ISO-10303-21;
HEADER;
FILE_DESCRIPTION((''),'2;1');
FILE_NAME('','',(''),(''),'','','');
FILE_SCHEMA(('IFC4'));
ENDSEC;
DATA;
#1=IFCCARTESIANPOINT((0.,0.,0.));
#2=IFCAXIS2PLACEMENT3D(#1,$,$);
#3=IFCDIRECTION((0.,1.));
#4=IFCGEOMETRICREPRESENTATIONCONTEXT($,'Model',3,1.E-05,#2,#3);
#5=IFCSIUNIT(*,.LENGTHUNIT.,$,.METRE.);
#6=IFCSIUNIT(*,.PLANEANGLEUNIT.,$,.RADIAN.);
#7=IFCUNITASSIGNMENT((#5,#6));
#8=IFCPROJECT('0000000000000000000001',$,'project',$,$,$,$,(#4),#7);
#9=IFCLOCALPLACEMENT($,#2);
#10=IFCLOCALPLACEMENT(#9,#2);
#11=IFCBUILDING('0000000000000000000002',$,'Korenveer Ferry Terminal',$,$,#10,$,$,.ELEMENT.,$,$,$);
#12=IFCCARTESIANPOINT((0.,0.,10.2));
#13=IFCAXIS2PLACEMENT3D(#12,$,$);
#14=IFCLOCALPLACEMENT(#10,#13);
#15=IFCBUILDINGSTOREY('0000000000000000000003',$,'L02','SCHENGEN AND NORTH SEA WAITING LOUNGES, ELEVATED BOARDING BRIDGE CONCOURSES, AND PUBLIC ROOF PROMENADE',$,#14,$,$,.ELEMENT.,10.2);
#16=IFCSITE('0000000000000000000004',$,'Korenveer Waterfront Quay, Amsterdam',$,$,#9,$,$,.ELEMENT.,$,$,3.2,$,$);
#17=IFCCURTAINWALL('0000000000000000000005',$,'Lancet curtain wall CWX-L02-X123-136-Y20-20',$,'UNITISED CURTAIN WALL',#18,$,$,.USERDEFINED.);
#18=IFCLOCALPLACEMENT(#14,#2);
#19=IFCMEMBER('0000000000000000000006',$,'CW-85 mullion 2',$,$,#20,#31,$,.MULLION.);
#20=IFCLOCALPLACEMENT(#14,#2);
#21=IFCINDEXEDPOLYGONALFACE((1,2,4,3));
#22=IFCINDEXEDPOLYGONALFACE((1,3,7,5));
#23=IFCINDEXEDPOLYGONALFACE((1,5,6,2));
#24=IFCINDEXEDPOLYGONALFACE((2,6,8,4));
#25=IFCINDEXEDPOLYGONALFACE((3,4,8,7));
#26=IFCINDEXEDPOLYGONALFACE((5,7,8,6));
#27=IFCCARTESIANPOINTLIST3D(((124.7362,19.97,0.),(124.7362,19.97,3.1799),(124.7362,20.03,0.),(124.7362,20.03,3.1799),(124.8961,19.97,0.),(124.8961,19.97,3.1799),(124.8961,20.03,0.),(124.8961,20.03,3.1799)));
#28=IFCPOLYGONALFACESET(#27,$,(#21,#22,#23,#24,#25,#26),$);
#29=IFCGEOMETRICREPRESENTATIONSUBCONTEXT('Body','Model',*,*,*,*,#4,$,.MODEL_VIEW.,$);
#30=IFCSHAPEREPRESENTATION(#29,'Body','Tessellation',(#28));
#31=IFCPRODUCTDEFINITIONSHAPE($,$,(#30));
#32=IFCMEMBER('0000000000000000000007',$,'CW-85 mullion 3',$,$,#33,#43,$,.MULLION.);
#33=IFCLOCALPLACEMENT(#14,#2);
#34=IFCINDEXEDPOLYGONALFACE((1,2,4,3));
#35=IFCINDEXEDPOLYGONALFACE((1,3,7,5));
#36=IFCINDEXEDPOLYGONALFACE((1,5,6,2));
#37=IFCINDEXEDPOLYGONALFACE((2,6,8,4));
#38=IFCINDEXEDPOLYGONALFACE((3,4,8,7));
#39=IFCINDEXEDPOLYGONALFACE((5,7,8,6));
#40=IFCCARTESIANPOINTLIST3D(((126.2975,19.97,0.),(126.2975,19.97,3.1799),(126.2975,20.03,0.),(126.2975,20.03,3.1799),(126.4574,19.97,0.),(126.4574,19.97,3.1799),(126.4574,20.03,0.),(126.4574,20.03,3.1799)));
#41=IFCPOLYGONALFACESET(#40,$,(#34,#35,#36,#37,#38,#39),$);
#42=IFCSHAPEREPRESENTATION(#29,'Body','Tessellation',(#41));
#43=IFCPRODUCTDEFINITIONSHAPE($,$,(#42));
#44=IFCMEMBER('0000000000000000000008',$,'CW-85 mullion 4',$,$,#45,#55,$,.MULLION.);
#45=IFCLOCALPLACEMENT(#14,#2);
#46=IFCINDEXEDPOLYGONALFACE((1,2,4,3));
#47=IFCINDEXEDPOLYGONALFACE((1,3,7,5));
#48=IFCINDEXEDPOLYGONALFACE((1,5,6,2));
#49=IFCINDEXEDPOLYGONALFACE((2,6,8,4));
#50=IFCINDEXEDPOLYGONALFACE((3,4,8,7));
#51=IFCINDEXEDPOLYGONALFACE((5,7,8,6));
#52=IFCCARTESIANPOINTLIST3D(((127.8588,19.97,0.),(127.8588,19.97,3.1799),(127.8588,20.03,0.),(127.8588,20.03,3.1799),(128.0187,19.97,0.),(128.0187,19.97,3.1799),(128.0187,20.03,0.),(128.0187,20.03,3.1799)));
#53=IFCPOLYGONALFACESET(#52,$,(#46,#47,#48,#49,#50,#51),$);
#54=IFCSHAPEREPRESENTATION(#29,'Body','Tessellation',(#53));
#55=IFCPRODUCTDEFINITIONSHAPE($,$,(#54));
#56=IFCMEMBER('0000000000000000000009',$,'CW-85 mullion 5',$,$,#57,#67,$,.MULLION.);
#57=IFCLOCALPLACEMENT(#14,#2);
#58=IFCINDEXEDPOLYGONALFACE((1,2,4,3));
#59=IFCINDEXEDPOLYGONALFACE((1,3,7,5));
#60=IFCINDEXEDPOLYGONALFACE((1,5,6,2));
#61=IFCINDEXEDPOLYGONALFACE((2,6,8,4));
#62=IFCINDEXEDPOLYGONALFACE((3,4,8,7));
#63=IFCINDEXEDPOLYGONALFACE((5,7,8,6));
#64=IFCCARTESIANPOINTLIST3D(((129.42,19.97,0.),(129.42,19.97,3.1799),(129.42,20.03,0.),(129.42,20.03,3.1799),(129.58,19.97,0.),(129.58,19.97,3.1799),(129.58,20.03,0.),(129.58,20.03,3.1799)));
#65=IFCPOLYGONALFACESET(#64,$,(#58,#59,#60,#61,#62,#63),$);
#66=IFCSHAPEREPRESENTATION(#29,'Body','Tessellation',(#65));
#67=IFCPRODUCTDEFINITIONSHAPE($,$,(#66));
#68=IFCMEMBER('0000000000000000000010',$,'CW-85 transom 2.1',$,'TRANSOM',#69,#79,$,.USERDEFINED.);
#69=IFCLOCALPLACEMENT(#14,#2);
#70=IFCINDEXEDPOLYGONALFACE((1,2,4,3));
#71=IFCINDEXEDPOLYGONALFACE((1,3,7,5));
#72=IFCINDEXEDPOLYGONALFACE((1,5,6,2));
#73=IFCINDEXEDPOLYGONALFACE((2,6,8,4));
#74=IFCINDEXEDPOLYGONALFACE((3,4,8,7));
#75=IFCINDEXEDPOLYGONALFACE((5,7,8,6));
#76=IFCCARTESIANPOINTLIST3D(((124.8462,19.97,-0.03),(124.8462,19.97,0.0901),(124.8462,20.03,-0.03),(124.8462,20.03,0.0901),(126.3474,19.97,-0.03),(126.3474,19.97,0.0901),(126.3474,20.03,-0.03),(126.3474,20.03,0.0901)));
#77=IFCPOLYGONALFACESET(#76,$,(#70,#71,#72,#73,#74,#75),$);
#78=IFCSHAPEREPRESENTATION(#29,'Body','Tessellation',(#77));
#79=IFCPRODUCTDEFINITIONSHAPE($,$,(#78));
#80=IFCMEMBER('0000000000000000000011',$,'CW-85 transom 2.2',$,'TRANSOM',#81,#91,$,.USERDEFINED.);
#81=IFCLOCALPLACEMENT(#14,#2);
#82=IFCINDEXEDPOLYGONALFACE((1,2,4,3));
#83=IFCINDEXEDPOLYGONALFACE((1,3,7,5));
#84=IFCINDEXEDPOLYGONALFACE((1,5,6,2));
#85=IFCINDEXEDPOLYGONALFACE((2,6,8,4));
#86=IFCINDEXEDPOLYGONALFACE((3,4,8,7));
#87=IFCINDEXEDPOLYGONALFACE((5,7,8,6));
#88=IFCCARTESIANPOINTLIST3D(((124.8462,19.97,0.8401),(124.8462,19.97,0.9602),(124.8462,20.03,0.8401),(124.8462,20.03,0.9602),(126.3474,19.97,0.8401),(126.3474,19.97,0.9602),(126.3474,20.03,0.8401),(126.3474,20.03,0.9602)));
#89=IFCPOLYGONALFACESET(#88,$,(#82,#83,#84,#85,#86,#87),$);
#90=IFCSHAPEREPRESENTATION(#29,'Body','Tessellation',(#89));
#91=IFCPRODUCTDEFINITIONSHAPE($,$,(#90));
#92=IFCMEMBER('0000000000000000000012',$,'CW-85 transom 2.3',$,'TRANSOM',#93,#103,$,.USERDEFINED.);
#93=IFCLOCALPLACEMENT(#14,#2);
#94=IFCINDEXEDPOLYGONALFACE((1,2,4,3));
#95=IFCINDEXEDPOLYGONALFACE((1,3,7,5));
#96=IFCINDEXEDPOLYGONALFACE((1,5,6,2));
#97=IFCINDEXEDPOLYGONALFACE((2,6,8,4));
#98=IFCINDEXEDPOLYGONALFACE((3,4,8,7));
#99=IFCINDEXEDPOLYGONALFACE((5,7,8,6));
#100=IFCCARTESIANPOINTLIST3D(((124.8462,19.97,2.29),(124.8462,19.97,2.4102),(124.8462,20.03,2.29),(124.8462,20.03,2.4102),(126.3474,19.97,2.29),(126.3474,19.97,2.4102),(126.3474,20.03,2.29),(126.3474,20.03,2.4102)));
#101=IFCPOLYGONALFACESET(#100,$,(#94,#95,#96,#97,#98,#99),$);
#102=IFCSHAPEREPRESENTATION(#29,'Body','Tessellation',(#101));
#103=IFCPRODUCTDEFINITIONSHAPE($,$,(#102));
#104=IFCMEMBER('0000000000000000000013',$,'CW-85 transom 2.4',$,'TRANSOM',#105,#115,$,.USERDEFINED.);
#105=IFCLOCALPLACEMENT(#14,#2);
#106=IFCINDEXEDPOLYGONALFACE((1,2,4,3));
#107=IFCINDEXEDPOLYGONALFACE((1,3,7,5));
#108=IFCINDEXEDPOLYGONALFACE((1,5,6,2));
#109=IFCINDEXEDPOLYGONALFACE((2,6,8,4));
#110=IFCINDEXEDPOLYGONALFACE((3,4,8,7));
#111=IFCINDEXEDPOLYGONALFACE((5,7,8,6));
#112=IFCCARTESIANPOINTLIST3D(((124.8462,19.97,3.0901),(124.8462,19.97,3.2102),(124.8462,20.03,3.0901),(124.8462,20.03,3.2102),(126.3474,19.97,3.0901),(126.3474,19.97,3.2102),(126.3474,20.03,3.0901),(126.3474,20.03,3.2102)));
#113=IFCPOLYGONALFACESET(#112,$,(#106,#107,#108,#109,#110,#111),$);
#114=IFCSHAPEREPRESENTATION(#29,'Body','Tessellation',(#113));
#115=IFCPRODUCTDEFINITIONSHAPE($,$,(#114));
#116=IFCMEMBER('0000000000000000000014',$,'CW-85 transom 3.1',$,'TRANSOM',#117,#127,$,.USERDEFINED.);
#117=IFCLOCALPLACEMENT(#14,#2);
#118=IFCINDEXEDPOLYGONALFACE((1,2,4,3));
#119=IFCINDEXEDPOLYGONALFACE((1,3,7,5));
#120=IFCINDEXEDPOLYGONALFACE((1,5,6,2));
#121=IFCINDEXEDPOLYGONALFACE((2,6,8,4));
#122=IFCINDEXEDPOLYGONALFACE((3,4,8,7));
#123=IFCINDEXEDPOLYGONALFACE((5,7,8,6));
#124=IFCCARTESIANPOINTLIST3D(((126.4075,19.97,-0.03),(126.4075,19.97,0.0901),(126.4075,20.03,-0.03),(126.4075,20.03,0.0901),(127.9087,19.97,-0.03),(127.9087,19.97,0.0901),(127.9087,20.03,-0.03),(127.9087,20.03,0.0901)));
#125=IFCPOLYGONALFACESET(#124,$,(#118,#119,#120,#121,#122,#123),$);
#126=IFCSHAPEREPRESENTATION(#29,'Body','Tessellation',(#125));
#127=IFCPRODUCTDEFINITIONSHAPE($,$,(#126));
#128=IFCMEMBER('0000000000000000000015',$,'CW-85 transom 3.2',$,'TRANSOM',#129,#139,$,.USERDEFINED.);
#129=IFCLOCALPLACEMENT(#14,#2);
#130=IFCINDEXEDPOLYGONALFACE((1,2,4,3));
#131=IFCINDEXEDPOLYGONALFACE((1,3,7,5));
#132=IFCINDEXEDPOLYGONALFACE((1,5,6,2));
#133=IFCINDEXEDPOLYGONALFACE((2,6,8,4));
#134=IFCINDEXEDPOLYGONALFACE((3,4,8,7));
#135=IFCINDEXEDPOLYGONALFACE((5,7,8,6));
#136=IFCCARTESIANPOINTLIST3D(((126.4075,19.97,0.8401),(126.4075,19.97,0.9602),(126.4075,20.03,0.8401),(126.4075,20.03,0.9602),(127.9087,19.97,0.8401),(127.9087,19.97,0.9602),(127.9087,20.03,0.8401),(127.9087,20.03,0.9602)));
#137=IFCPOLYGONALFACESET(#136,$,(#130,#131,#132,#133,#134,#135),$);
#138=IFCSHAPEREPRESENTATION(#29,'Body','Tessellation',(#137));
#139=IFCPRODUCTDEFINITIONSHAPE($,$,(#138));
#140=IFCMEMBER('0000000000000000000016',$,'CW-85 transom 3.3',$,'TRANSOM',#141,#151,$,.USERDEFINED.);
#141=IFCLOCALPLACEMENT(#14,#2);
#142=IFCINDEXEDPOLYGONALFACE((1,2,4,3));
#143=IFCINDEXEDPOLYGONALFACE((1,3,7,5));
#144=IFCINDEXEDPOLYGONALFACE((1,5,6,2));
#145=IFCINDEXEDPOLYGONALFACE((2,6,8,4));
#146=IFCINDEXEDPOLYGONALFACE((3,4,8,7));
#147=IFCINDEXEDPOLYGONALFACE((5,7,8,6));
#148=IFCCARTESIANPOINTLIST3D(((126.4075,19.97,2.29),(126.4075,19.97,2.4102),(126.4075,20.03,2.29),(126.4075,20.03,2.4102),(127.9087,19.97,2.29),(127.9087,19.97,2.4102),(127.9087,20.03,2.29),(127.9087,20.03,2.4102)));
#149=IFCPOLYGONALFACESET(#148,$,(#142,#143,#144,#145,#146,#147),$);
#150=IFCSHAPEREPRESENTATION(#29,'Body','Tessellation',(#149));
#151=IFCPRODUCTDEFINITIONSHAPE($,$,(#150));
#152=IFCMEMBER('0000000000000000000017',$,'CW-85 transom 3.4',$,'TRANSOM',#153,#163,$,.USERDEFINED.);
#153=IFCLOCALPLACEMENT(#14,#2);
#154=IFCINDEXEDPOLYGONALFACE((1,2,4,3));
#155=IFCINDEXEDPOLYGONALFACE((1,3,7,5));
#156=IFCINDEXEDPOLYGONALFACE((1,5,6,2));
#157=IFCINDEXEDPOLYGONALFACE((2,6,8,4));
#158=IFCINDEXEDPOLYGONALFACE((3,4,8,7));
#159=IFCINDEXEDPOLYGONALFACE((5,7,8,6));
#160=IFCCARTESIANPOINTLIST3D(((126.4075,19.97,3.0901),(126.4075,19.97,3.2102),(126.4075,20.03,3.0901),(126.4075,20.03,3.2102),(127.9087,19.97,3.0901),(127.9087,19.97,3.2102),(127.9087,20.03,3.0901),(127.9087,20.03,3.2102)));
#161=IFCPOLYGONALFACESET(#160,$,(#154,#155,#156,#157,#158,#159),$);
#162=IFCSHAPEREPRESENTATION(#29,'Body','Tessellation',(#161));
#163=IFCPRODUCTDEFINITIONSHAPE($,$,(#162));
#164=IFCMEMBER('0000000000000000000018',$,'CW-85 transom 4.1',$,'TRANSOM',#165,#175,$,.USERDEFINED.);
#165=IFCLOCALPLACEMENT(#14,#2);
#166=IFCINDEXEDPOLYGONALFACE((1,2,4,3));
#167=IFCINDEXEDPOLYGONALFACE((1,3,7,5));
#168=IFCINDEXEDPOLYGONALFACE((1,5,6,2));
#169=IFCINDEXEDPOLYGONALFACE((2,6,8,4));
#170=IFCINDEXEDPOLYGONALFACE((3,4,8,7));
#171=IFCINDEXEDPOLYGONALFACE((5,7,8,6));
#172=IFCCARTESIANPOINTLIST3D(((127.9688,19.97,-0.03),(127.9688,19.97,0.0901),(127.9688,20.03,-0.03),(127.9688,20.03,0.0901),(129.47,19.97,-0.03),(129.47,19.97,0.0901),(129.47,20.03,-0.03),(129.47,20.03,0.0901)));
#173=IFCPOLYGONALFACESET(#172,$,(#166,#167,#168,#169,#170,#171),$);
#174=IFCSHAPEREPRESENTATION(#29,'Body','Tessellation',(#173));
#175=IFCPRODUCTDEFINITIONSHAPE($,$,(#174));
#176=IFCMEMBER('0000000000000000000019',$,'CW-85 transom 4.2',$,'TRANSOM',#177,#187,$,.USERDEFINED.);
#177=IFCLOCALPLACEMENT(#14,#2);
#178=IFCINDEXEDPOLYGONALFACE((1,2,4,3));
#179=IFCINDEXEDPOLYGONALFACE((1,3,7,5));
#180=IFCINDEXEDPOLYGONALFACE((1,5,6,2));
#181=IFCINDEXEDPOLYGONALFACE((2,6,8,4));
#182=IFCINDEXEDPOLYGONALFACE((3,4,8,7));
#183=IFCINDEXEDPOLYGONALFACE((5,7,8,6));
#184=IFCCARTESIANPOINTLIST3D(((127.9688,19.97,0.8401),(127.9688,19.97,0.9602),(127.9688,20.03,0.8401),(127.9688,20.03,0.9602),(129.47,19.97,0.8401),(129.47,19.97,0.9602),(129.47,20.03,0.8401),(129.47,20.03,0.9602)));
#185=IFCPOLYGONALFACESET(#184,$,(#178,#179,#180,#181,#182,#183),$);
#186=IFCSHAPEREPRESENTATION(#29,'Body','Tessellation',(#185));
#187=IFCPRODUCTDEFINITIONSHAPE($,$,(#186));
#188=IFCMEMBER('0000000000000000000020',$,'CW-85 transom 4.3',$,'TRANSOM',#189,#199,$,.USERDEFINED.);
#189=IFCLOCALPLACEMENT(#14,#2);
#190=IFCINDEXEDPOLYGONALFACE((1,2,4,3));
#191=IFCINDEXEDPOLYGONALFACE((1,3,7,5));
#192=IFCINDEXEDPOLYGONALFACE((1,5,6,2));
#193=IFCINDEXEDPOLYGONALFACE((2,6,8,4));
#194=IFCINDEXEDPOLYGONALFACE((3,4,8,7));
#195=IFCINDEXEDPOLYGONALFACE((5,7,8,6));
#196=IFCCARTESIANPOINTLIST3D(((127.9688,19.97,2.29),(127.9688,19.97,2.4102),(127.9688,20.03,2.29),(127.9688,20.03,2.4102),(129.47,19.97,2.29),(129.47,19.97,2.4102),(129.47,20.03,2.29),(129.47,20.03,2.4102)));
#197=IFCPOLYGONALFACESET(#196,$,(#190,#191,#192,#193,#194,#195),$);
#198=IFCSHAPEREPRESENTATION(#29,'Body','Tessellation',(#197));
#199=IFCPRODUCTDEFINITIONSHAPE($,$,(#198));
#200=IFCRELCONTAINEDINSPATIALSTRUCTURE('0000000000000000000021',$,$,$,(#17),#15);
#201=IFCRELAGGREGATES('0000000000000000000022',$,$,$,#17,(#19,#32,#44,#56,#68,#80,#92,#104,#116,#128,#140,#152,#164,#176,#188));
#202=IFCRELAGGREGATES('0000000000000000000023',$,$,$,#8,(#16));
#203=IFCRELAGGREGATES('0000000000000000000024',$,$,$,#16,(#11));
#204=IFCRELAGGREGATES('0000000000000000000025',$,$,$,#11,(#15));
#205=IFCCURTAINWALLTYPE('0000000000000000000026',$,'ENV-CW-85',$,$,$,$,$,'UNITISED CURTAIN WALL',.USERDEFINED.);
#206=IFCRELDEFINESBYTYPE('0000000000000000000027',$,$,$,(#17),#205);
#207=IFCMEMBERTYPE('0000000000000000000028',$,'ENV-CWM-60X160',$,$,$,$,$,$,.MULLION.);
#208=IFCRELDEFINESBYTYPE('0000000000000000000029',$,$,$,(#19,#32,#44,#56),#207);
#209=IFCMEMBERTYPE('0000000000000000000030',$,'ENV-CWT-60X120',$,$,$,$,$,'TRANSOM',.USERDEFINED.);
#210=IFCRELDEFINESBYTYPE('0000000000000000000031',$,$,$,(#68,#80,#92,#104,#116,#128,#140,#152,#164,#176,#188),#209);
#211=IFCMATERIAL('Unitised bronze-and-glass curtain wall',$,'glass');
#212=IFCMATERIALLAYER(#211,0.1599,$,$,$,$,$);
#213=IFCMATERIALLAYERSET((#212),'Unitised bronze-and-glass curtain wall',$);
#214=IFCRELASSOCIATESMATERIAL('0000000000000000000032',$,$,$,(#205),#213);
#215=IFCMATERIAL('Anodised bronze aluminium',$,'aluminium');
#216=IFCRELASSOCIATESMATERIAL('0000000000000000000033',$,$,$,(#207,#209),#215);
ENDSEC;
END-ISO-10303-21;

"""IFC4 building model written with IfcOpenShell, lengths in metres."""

from ifc_helpers import new_model, si_unit, direction, frame, origin, origin_2d, place, context, subcontext, project, spatial, rectangle, extrude, material, layer, layer_set, material_profile, profile_set, type_object, element, aggregate, save


model = new_model("IFC4")

# Units and contexts
model_context = context("Model", 3, precision=1e-05, world=origin(), true_north=direction((0.0, 1.0)))
body_context = subcontext(model_context, "Body", "Model", "MODEL_VIEW")
ifc_project = project(units=[si_unit("LENGTHUNIT", "METRE"), si_unit("PLANEANGLEUNIT", "RADIAN")], contexts=[model_context])

# Site, building, storey
site_placement = place(None, origin())
site = spatial("IfcSite", under=ifc_project, at=site_placement, Name="Korenveer Waterfront Quay, Amsterdam", CompositionType="ELEMENT", RefElevation=3.2)
building_placement = place(site_placement, origin())
building = spatial("IfcBuilding", under=site, at=building_placement, Name="Korenveer Ferry Terminal", CompositionType="ELEMENT")
storey_placement = place(building_placement, frame((0.0, 0.0, 10.2)))
storey = spatial("IfcBuildingStorey", under=building, at=storey_placement, Name="L02", Description="SCHENGEN AND NORTH SEA WAITING LOUNGES, ELEVATED BOARDING BRIDGE CONCOURSES, AND PUBLIC ROOF PROMENADE", CompositionType="ELEMENT", Elevation=10.2)

# Curtain wall, members
ifc_material_1 = material(Name="Unitised bronze-and-glass curtain wall", Category="glass")
ifc_layer_1 = layer(ifc_material_1, 0.1599)
ifc_layer_set_1 = layer_set([ifc_layer_1], Name="Unitised bronze-and-glass curtain wall")
curtain_wall_type = type_object("IfcCurtainWallType", Name="ENV-CW-85", ElementType="UNITISED CURTAIN WALL", PredefinedType="USERDEFINED", material=ifc_layer_set_1)
curtain_wall_placement = place(storey_placement, frame((123.2549, 20.0, 0.0)))
curtain_wall = element("IfcCurtainWall", 1, at=curtain_wall_placement, inside=storey, type_object=curtain_wall_type, Name="Lancet curtain wall CWX-L02-X123-136-Y20-20", ObjectType="UNITISED CURTAIN WALL", PredefinedType="USERDEFINED")
ifc_material_2 = material(Name="Anodised bronze aluminium", Category="aluminium")
ifc_material_profile_1 = material_profile(ifc_material_2, rectangle(XDim=0.0601, YDim=0.1599, at=origin_2d()), Name="ALU 60x160")
ifc_profile_set_1 = profile_set([ifc_material_profile_1], Name="Anodised bronze aluminium")
member_type_1 = type_object("IfcMemberType", Name="ENV-CWM-60X160", PredefinedType="MULLION", material=ifc_profile_set_1)
member_1_placement = place(storey_placement, frame((124.8162, 20.0, 0.0), z_axis=(0.0, 0.0, 1.0), x_axis=(0.0, 1.0, 0.0)))
member_1 = element("IfcMember", 2, at=member_1_placement, type_object=member_type_1, Name="CW-85 mullion 2", PredefinedType="MULLION", context=body_context, shape_type="SweptSolid", body=[
    extrude(rectangle(XDim=0.0601, YDim=0.1599, at=origin_2d()), origin(), (0.0, 0.0, 1.0), 3.1799),
])
member_2_placement = place(storey_placement, frame((126.3774, 20.0, 0.0), z_axis=(0.0, 0.0, 1.0), x_axis=(0.0, 1.0, 0.0)))
member_2 = element("IfcMember", 3, at=member_2_placement, type_object=member_type_1, Name="CW-85 mullion 3", PredefinedType="MULLION", context=body_context, shape_type="SweptSolid", body=[
    extrude(rectangle(XDim=0.0601, YDim=0.1599, at=origin_2d()), origin(), (0.0, 0.0, 1.0), 3.1799),
])
member_3_placement = place(storey_placement, frame((127.9387, 20.0, 0.0), z_axis=(0.0, 0.0, 1.0), x_axis=(0.0, 1.0, 0.0)))
member_3 = element("IfcMember", 4, at=member_3_placement, type_object=member_type_1, Name="CW-85 mullion 4", PredefinedType="MULLION", context=body_context, shape_type="SweptSolid", body=[
    extrude(rectangle(XDim=0.0601, YDim=0.1599, at=origin_2d()), origin(), (0.0, 0.0, 1.0), 3.1799),
])
member_4_placement = place(storey_placement, frame((129.5, 20.0, 0.0), z_axis=(0.0, 0.0, 1.0), x_axis=(0.0, 1.0, 0.0)))
member_4 = element("IfcMember", 5, at=member_4_placement, type_object=member_type_1, Name="CW-85 mullion 5", PredefinedType="MULLION", context=body_context, shape_type="SweptSolid", body=[
    extrude(rectangle(XDim=0.0601, YDim=0.1599, at=origin_2d()), origin(), (0.0, 0.0, 1.0), 3.1799),
])
ifc_material_profile_2 = material_profile(ifc_material_2, rectangle(XDim=0.0601, YDim=0.1201, at=origin_2d()), Name="ALU 60x120")
ifc_profile_set_2 = profile_set([ifc_material_profile_2], Name="Anodised bronze aluminium")
member_type_2 = type_object("IfcMemberType", Name="ENV-CWT-60X120", ElementType="TRANSOM", PredefinedType="USERDEFINED", material=ifc_profile_set_2)
member_5_placement = place(storey_placement, frame((124.8462, 20.0, 0.03), z_axis=(1.0, 0.0, 0.0), x_axis=(0.0, 1.0, 0.0)))
member_5 = element("IfcMember", 6, at=member_5_placement, type_object=member_type_2, Name="CW-85 transom 2.1", ObjectType="TRANSOM", PredefinedType="USERDEFINED", context=body_context, shape_type="SweptSolid", body=[
    extrude(rectangle(XDim=0.0601, YDim=0.1201, at=origin_2d()), origin(), (0.0, 0.0, 1.0), 1.5012),
])
member_6_placement = place(storey_placement, frame((124.8462, 20.0, 0.9001), z_axis=(1.0, 0.0, 0.0), x_axis=(0.0, 1.0, 0.0)))
member_6 = element("IfcMember", 7, at=member_6_placement, type_object=member_type_2, Name="CW-85 transom 2.2", ObjectType="TRANSOM", PredefinedType="USERDEFINED", context=body_context, shape_type="SweptSolid", body=[
    extrude(rectangle(XDim=0.0601, YDim=0.1201, at=origin_2d()), origin(), (0.0, 0.0, 1.0), 1.5012),
])
member_7_placement = place(storey_placement, frame((124.8462, 20.0, 2.3501), z_axis=(1.0, 0.0, 0.0), x_axis=(0.0, 1.0, 0.0)))
member_7 = element("IfcMember", 8, at=member_7_placement, type_object=member_type_2, Name="CW-85 transom 2.3", ObjectType="TRANSOM", PredefinedType="USERDEFINED", context=body_context, shape_type="SweptSolid", body=[
    extrude(rectangle(XDim=0.0601, YDim=0.1201, at=origin_2d()), origin(), (0.0, 0.0, 1.0), 1.5012),
])
member_8_placement = place(storey_placement, frame((124.8462, 20.0, 3.1501), z_axis=(1.0, 0.0, 0.0), x_axis=(0.0, 1.0, 0.0)))
member_8 = element("IfcMember", 9, at=member_8_placement, type_object=member_type_2, Name="CW-85 transom 2.4", ObjectType="TRANSOM", PredefinedType="USERDEFINED", context=body_context, shape_type="SweptSolid", body=[
    extrude(rectangle(XDim=0.0601, YDim=0.1201, at=origin_2d()), origin(), (0.0, 0.0, 1.0), 1.5012),
])
member_9_placement = place(storey_placement, frame((126.4075, 20.0, 0.03), z_axis=(1.0, 0.0, 0.0), x_axis=(0.0, 1.0, 0.0)))
member_9 = element("IfcMember", 10, at=member_9_placement, type_object=member_type_2, Name="CW-85 transom 3.1", ObjectType="TRANSOM", PredefinedType="USERDEFINED", context=body_context, shape_type="SweptSolid", body=[
    extrude(rectangle(XDim=0.0601, YDim=0.1201, at=origin_2d()), origin(), (0.0, 0.0, 1.0), 1.5012),
])
member_10_placement = place(storey_placement, frame((126.4075, 20.0, 0.9001), z_axis=(1.0, 0.0, 0.0), x_axis=(0.0, 1.0, 0.0)))
member_10 = element("IfcMember", 11, at=member_10_placement, type_object=member_type_2, Name="CW-85 transom 3.2", ObjectType="TRANSOM", PredefinedType="USERDEFINED", context=body_context, shape_type="SweptSolid", body=[
    extrude(rectangle(XDim=0.0601, YDim=0.1201, at=origin_2d()), origin(), (0.0, 0.0, 1.0), 1.5012),
])
member_11_placement = place(storey_placement, frame((126.4075, 20.0, 2.3501), z_axis=(1.0, 0.0, 0.0), x_axis=(0.0, 1.0, 0.0)))
member_11 = element("IfcMember", 12, at=member_11_placement, type_object=member_type_2, Name="CW-85 transom 3.3", ObjectType="TRANSOM", PredefinedType="USERDEFINED", context=body_context, shape_type="SweptSolid", body=[
    extrude(rectangle(XDim=0.0601, YDim=0.1201, at=origin_2d()), origin(), (0.0, 0.0, 1.0), 1.5012),
])
member_12_placement = place(storey_placement, frame((126.4075, 20.0, 3.1501), z_axis=(1.0, 0.0, 0.0), x_axis=(0.0, 1.0, 0.0)))
member_12 = element("IfcMember", 13, at=member_12_placement, type_object=member_type_2, Name="CW-85 transom 3.4", ObjectType="TRANSOM", PredefinedType="USERDEFINED", context=body_context, shape_type="SweptSolid", body=[
    extrude(rectangle(XDim=0.0601, YDim=0.1201, at=origin_2d()), origin(), (0.0, 0.0, 1.0), 1.5012),
])
member_13_placement = place(storey_placement, frame((127.9688, 20.0, 0.03), z_axis=(1.0, 0.0, 0.0), x_axis=(0.0, 1.0, 0.0)))
member_13 = element("IfcMember", 14, at=member_13_placement, type_object=member_type_2, Name="CW-85 transom 4.1", ObjectType="TRANSOM", PredefinedType="USERDEFINED", context=body_context, shape_type="SweptSolid", body=[
    extrude(rectangle(XDim=0.0601, YDim=0.1201, at=origin_2d()), origin(), (0.0, 0.0, 1.0), 1.5012),
])
member_14_placement = place(storey_placement, frame((127.9688, 20.0, 0.9001), z_axis=(1.0, 0.0, 0.0), x_axis=(0.0, 1.0, 0.0)))
member_14 = element("IfcMember", 15, at=member_14_placement, type_object=member_type_2, Name="CW-85 transom 4.2", ObjectType="TRANSOM", PredefinedType="USERDEFINED", context=body_context, shape_type="SweptSolid", body=[
    extrude(rectangle(XDim=0.0601, YDim=0.1201, at=origin_2d()), origin(), (0.0, 0.0, 1.0), 1.5012),
])
member_15_placement = place(storey_placement, frame((127.9688, 20.0, 2.3501), z_axis=(1.0, 0.0, 0.0), x_axis=(0.0, 1.0, 0.0)))
member_15 = element("IfcMember", 16, at=member_15_placement, type_object=member_type_2, Name="CW-85 transom 4.3", ObjectType="TRANSOM", PredefinedType="USERDEFINED", context=body_context, shape_type="SweptSolid", body=[
    extrude(rectangle(XDim=0.0601, YDim=0.1201, at=origin_2d()), origin(), (0.0, 0.0, 1.0), 1.5012),
])

aggregate(curtain_wall, [member_1, member_2, member_3, member_4, member_5, member_6, member_7, member_8, member_9, member_10, member_11, member_12, member_13, member_14, member_15])

save(model, "model.ifc")
